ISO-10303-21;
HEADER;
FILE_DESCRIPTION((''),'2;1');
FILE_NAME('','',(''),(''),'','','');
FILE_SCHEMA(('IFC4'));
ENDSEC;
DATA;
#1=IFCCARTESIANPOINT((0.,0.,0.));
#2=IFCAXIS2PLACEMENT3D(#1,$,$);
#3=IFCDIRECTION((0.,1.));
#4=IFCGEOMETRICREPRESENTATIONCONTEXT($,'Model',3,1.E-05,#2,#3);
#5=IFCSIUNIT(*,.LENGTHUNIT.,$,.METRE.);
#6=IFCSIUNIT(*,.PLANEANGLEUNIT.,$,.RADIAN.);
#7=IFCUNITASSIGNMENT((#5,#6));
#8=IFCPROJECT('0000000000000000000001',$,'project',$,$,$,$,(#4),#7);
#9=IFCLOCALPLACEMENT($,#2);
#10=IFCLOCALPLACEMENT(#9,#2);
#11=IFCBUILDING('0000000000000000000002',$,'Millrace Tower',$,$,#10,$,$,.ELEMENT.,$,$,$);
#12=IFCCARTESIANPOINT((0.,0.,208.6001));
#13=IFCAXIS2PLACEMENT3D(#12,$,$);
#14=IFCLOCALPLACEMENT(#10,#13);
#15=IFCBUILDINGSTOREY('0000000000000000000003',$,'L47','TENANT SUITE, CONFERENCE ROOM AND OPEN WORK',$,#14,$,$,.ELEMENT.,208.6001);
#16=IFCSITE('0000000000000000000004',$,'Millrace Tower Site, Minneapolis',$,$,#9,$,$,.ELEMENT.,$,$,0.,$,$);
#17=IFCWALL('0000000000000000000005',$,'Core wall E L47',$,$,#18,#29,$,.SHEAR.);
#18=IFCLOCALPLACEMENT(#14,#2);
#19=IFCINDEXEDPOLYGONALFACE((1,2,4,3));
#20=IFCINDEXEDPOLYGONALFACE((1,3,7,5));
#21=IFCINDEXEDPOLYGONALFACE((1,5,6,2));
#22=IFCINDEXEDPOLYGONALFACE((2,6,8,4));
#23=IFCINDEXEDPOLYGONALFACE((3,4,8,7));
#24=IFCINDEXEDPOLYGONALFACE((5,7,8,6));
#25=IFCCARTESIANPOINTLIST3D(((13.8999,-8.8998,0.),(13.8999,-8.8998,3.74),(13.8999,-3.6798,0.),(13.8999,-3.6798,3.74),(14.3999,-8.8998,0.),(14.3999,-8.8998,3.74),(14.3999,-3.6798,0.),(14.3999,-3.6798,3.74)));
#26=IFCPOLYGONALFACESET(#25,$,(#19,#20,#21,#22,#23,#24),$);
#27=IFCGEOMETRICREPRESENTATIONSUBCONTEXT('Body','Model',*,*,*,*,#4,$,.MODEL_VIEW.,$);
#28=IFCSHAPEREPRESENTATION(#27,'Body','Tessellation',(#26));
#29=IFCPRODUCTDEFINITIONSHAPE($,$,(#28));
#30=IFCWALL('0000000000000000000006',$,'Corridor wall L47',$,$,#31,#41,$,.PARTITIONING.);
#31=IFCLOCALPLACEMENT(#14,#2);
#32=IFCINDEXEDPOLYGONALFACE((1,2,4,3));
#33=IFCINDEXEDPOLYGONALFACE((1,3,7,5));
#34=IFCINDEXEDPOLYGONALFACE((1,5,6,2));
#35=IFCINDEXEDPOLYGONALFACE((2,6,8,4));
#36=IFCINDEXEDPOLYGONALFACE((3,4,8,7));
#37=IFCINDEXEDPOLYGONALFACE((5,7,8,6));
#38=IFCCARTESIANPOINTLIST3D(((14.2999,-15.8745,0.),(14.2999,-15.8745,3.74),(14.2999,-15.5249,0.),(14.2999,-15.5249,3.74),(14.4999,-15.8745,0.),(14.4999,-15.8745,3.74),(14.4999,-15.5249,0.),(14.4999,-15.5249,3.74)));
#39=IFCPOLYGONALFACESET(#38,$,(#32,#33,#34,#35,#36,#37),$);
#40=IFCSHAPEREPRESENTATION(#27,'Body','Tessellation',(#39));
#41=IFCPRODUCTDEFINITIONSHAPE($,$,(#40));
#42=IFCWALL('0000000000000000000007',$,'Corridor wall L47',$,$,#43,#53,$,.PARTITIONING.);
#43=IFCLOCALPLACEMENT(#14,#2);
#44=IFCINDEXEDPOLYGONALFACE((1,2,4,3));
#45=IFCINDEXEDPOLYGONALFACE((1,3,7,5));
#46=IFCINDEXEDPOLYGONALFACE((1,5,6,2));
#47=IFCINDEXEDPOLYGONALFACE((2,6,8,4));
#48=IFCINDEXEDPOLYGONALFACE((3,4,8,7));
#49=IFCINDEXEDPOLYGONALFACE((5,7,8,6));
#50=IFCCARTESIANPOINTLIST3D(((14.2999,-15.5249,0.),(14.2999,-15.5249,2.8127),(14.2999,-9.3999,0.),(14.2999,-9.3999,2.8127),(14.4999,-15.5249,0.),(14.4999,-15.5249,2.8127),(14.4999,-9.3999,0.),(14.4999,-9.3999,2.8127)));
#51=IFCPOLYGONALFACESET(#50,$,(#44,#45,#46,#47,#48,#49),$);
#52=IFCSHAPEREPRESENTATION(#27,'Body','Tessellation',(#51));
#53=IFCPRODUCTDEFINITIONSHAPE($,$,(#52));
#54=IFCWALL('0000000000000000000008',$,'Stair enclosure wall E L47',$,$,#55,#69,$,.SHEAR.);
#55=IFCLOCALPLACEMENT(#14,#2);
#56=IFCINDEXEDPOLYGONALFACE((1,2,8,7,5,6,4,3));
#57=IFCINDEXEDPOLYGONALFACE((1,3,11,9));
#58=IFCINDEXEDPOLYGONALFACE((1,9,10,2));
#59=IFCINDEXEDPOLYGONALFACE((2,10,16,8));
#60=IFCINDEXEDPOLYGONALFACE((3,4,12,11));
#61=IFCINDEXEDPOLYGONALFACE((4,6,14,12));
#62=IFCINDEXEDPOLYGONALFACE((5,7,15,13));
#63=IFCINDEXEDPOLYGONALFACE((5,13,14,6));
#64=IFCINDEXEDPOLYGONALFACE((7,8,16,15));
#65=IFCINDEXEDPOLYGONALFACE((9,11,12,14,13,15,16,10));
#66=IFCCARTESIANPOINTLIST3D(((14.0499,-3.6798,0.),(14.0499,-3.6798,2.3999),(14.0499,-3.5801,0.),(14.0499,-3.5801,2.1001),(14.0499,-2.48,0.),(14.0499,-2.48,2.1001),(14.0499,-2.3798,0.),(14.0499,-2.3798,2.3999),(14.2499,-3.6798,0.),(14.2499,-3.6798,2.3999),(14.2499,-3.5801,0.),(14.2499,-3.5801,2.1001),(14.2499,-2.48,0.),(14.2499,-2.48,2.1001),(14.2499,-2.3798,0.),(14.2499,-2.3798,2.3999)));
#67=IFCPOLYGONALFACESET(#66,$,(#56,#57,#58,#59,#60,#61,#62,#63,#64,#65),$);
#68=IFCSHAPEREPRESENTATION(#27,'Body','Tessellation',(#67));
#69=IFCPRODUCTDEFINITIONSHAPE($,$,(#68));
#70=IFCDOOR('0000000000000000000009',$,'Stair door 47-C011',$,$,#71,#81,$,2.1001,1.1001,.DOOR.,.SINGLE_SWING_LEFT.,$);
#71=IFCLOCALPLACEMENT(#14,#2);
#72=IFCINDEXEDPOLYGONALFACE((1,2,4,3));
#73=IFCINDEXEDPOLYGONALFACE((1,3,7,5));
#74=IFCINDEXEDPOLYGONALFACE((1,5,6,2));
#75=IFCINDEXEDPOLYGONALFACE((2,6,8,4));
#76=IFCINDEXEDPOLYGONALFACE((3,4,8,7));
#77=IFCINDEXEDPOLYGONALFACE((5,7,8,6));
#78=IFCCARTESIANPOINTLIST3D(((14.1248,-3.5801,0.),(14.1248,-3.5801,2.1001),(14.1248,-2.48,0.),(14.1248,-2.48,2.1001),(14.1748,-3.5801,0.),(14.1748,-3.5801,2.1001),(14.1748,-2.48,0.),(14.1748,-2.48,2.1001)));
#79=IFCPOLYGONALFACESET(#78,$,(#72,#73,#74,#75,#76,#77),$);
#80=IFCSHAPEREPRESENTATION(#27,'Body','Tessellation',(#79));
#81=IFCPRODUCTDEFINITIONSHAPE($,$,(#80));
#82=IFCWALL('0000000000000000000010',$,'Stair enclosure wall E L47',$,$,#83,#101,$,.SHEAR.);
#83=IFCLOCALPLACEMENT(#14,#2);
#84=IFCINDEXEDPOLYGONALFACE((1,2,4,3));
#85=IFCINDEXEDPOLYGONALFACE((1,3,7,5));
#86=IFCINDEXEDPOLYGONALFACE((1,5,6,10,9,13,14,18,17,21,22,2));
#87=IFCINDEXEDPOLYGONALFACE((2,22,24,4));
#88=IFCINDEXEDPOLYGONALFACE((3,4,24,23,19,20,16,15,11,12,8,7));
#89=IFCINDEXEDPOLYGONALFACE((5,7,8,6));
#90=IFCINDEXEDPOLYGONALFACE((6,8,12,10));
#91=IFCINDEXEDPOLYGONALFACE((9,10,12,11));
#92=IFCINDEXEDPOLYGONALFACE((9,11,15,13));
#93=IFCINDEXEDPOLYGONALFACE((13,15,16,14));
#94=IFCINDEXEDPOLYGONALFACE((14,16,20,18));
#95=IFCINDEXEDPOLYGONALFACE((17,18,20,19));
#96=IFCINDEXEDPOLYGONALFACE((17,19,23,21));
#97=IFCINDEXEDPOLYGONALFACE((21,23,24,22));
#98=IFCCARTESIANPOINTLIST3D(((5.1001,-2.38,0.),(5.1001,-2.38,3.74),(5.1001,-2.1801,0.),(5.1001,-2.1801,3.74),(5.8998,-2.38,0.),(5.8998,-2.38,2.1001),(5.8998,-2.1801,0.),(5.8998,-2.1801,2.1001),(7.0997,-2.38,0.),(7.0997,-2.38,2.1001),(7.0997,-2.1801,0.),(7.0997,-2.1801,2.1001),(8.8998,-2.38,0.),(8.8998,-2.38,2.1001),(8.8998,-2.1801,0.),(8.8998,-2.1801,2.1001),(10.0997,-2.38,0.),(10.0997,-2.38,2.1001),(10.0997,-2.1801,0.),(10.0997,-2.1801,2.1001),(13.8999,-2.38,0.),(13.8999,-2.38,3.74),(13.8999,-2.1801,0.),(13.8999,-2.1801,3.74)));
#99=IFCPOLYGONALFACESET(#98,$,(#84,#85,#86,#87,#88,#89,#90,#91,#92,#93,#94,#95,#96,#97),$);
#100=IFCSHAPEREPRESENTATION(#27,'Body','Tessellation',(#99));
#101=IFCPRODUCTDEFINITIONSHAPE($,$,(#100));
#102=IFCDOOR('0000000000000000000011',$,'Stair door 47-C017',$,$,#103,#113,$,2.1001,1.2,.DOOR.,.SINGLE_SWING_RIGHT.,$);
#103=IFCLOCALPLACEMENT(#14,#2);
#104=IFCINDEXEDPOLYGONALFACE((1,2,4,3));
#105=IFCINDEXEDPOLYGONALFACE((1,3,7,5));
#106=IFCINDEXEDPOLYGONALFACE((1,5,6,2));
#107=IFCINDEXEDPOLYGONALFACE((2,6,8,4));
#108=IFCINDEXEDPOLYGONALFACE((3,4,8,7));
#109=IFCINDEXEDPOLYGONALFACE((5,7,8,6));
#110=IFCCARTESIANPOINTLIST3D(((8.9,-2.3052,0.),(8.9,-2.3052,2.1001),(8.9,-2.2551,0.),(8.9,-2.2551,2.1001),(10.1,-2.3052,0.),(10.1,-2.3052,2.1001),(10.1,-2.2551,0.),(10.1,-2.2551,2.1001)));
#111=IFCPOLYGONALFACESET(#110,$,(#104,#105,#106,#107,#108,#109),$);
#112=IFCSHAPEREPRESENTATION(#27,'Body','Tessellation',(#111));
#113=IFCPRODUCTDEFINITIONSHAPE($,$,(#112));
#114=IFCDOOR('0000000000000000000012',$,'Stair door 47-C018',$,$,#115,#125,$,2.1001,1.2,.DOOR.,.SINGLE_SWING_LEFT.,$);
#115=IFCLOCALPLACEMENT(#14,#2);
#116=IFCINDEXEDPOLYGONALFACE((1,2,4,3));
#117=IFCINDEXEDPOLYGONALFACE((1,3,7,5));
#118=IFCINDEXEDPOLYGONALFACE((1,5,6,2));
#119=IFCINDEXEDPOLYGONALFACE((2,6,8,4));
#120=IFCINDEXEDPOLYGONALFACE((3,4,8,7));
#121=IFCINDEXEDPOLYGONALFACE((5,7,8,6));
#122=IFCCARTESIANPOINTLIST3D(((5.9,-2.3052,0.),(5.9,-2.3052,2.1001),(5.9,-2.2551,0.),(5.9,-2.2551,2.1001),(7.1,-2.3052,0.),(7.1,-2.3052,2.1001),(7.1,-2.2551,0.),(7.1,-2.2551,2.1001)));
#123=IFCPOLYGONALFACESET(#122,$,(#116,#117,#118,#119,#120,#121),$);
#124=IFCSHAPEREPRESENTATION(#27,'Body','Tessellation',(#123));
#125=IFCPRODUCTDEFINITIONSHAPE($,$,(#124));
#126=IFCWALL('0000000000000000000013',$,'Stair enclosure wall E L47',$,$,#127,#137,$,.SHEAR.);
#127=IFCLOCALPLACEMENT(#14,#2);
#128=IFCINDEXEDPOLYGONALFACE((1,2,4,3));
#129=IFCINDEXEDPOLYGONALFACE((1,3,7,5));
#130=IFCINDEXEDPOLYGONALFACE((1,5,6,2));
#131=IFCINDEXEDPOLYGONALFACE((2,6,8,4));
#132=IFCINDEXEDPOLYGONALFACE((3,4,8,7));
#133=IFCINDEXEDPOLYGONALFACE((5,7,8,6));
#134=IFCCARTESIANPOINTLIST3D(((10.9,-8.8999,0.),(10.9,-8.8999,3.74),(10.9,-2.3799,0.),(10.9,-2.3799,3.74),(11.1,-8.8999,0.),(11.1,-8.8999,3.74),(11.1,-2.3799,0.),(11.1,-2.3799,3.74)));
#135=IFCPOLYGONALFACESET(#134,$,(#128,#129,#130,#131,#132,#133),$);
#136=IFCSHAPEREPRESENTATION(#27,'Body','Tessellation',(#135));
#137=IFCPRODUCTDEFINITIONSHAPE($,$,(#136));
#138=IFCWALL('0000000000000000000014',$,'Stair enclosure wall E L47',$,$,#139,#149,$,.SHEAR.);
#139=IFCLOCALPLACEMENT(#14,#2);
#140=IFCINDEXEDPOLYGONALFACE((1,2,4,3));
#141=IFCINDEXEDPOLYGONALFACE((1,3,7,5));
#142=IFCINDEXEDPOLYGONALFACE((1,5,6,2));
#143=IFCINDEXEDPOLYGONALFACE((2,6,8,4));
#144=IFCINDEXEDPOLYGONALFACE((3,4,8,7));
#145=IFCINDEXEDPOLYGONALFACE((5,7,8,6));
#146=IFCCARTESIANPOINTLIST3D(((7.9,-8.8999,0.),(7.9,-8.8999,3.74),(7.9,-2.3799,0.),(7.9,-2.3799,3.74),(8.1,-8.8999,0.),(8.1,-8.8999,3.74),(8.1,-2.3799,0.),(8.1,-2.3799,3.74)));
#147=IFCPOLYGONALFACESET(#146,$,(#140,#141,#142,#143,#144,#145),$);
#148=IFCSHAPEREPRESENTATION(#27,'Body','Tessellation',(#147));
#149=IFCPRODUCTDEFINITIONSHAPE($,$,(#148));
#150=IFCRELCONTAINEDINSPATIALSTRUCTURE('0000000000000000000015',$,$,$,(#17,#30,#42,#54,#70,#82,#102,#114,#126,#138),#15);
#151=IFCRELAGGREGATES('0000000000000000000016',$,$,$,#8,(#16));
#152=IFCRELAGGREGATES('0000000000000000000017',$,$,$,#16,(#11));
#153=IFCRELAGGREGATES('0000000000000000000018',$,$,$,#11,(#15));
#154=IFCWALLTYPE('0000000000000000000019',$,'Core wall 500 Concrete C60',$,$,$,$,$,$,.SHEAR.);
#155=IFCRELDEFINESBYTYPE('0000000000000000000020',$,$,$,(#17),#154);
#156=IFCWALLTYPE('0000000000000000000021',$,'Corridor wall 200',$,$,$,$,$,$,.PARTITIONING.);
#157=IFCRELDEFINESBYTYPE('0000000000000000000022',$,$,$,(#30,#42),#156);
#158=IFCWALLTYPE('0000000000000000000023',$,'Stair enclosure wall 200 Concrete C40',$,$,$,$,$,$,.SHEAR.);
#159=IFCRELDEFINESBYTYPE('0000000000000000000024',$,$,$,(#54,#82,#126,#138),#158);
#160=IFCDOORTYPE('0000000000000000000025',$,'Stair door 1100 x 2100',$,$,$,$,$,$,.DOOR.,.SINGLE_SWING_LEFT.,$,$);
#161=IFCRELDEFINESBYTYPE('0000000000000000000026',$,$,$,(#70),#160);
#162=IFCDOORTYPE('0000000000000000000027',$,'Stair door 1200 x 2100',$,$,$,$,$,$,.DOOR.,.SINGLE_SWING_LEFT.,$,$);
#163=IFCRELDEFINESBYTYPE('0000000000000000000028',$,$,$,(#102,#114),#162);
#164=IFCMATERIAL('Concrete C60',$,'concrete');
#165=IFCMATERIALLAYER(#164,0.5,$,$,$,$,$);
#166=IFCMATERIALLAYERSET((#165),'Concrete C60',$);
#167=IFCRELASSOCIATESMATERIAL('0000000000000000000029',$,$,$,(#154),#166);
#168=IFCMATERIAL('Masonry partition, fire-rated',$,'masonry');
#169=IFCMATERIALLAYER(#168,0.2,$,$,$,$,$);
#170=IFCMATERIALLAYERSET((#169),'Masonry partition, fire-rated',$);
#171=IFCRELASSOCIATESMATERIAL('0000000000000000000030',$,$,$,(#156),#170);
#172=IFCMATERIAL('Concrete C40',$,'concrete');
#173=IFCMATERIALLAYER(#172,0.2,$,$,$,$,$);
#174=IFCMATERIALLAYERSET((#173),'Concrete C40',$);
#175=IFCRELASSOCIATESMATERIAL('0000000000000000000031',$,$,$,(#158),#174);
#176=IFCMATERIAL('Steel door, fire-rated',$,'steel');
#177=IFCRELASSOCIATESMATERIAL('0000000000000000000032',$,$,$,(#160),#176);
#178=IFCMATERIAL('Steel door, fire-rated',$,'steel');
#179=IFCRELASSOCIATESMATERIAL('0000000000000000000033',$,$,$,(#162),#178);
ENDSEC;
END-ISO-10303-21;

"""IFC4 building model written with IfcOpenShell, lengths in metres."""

from ifc_helpers import new_model, si_unit, direction, frame, frame_2d, origin, place, context, subcontext, project, spatial, rectangle, extrude, material, layer, layer_set, type_object, element, fill, save


model = new_model("IFC4")

# Units and contexts
model_context = context("Model", 3, precision=1e-05, world=origin(), true_north=direction((0.0, 1.0)))
body_context = subcontext(model_context, "Body", "Model", "MODEL_VIEW")
ifc_project = project(units=[si_unit("LENGTHUNIT", "METRE"), si_unit("PLANEANGLEUNIT", "RADIAN")], contexts=[model_context])

# Site, building, storey
site_placement = place(None, origin())
site = spatial("IfcSite", under=ifc_project, at=site_placement, Name="Millrace Tower Site, Minneapolis", CompositionType="ELEMENT", RefElevation=0.0)
building_placement = place(site_placement, origin())
building = spatial("IfcBuilding", under=site, at=building_placement, Name="Millrace Tower", CompositionType="ELEMENT")
storey_placement = place(building_placement, frame((0.0, 0.0, 208.6001)))
storey = spatial("IfcBuildingStorey", under=building, at=storey_placement, Name="L47", Description="TENANT SUITE, CONFERENCE ROOM AND OPEN WORK", CompositionType="ELEMENT", Elevation=208.6001)

# Walls
ifc_material_1 = material(Name="Concrete C60", Category="concrete")
ifc_layer_1 = layer(ifc_material_1, 0.5)
ifc_layer_set_1 = layer_set([ifc_layer_1], Name="Concrete C60")
wall_type_1 = type_object("IfcWallType", Name="Core wall 500 Concrete C60", PredefinedType="SHEAR", material=ifc_layer_set_1)
wall_1_placement = place(storey_placement, frame((14.1499, -3.6799, 0.0), z_axis=(0.0, 0.0, 1.0), x_axis=(0.0, -1.0, 0.0)))
element("IfcWall", 1, at=wall_1_placement, inside=storey, type_object=wall_type_1, Name="Core wall E L47", PredefinedType="SHEAR", context=body_context, shape_type="SweptSolid", body=[
    extrude(rectangle(XDim=5.22, YDim=0.5, at=frame_2d((2.6099, 0.0))), origin(), (0.0, 0.0, 1.0), 3.74),
])
ifc_material_2 = material(Name="Masonry partition, fire-rated", Category="masonry")
ifc_layer_2 = layer(ifc_material_2, 0.2)
ifc_layer_set_2 = layer_set([ifc_layer_2], Name="Masonry partition, fire-rated")
wall_type_2 = type_object("IfcWallType", Name="Corridor wall 200", PredefinedType="PARTITIONING", material=ifc_layer_set_2)
wall_2_placement = place(storey_placement, frame((14.3999, -15.8745, 0.0), z_axis=(0.0, 0.0, 1.0), x_axis=(0.0, 1.0, 0.0)))
element("IfcWall", 2, at=wall_2_placement, inside=storey, type_object=wall_type_2, Name="Corridor wall L47", PredefinedType="PARTITIONING", context=body_context, shape_type="SweptSolid", body=[
    extrude(rectangle(XDim=0.3496, YDim=0.2, at=frame_2d((0.1748, 0.0))), origin(), (0.0, 0.0, 1.0), 3.74),
])
wall_3_placement = place(storey_placement, frame((14.3999, -15.5249, 0.0), z_axis=(0.0, 0.0, 1.0), x_axis=(0.0, 1.0, 0.0)))
element("IfcWall", 3, at=wall_3_placement, inside=storey, type_object=wall_type_2, Name="Corridor wall L47", PredefinedType="PARTITIONING", context=body_context, shape_type="SweptSolid", body=[
    extrude(rectangle(XDim=6.125, YDim=0.2, at=frame_2d((3.0625, 0.0))), origin(), (0.0, 0.0, 1.0), 2.8127),
])

# Wall, opening, door
ifc_material_3 = material(Name="Concrete C40", Category="concrete")
ifc_layer_3 = layer(ifc_material_3, 0.2)
ifc_layer_set_3 = layer_set([ifc_layer_3], Name="Concrete C40")
wall_type_3 = type_object("IfcWallType", Name="Stair enclosure wall 200 Concrete C40", PredefinedType="SHEAR", material=ifc_layer_set_3)
wall_4_placement = place(storey_placement, frame((14.1499, -2.3799, 0.0), z_axis=(0.0, 0.0, 1.0), x_axis=(0.0, -1.0, 0.0)))
wall_4 = element("IfcWall", 4, at=wall_4_placement, inside=storey, type_object=wall_type_3, Name="Stair enclosure wall E L47", PredefinedType="SHEAR", context=body_context, shape_type="SweptSolid", body=[
    extrude(rectangle(XDim=1.3, YDim=0.2, at=frame_2d((0.6499, 0.0))), origin(), (0.0, 0.0, 1.0), 2.3999),
])
opening_1_placement = place(wall_4_placement, frame((0.1001, 0.0, 0.0)))
opening_1 = element("IfcOpeningElement", 5, at=opening_1_placement, cuts=wall_4, PredefinedType="OPENING", context=body_context, shape_type="SweptSolid", body=[
    extrude(rectangle(XDim=1.1001, YDim=2.1001, at=frame_2d((0.55, 1.05))), frame((0.0, 0.1099, 0.0), z_axis=(0.0, -1.0, 0.0), x_axis=(1.0, 0.0, 0.0)), (0.0, 0.0, 1.0), 0.22),
])
ifc_material_4 = material(Name="Steel door, fire-rated", Category="steel")
door_type_1 = type_object("IfcDoorType", Name="Stair door 1100 x 2100", OperationType="SINGLE_SWING_LEFT", PredefinedType="DOOR", material=ifc_material_4)
door_1_placement = place(opening_1_placement, origin())
door_1 = element("IfcDoor", 6, at=door_1_placement, inside=storey, type_object=door_type_1, Name="Stair door 47-C011", OperationType="SINGLE_SWING_LEFT", OverallHeight=2.1001, OverallWidth=1.1001, PredefinedType="DOOR", context=body_context, shape_type="SweptSolid", body=[
    extrude(rectangle(XDim=1.1001, YDim=2.1001, at=frame_2d((0.55, 1.05))), frame((0.0, 0.0249, 0.0), z_axis=(0.0, -1.0, 0.0), x_axis=(1.0, 0.0, 0.0)), (0.0, 0.0, 1.0), 0.05),
])
fill(opening_1, door_1)

# Wall, openings, doors
wall_5_placement = place(storey_placement, frame((13.8999, -2.28, 0.0), z_axis=(0.0, 0.0, 1.0), x_axis=(-1.0, 0.0, 0.0)))
wall_5 = element("IfcWall", 7, at=wall_5_placement, inside=storey, type_object=wall_type_3, Name="Stair enclosure wall E L47", PredefinedType="SHEAR", context=body_context, shape_type="SweptSolid", body=[
    extrude(rectangle(XDim=8.7998, YDim=0.2, at=frame_2d((4.3999, 0.0))), origin(), (0.0, 0.0, 1.0), 3.74),
])
opening_2_placement = place(wall_5_placement, frame((3.8, 0.0, 0.0)))
opening_2 = element("IfcOpeningElement", 8, at=opening_2_placement, cuts=wall_5, PredefinedType="OPENING", context=body_context, shape_type="SweptSolid", body=[
    extrude(rectangle(XDim=1.2, YDim=2.1001, at=frame_2d((0.6001, 1.05))), frame((0.0, 0.1099, 0.0), z_axis=(0.0, -1.0, 0.0), x_axis=(1.0, 0.0, 0.0)), (0.0, 0.0, 1.0), 0.22),
])
opening_3_placement = place(wall_5_placement, frame((6.8, 0.0, 0.0)))
opening_3 = element("IfcOpeningElement", 9, at=opening_3_placement, cuts=wall_5, PredefinedType="OPENING", context=body_context, shape_type="SweptSolid", body=[
    extrude(rectangle(XDim=1.2, YDim=2.1001, at=frame_2d((0.6001, 1.05))), frame((0.0, 0.1099, 0.0), z_axis=(0.0, -1.0, 0.0), x_axis=(1.0, 0.0, 0.0)), (0.0, 0.0, 1.0), 0.22),
])
ifc_material_5 = material(Name="Steel door, fire-rated", Category="steel")
door_type_2 = type_object("IfcDoorType", Name="Stair door 1200 x 2100", OperationType="SINGLE_SWING_LEFT", PredefinedType="DOOR", material=ifc_material_5)
door_2_placement = place(opening_2_placement, frame((1.2, 0.0, 0.0), z_axis=(0.0, 0.0, 1.0), x_axis=(-1.0, 0.0, 0.0)))
door_2 = element("IfcDoor", 10, at=door_2_placement, inside=storey, type_object=door_type_2, Name="Stair door 47-C017", OperationType="SINGLE_SWING_RIGHT", OverallHeight=2.1001, OverallWidth=1.2, PredefinedType="DOOR", context=body_context, shape_type="SweptSolid", body=[
    extrude(rectangle(XDim=1.2, YDim=2.1001, at=frame_2d((0.6001, 1.05))), frame((0.0, 0.0249, 0.0), z_axis=(0.0, -1.0, 0.0), x_axis=(1.0, 0.0, 0.0)), (0.0, 0.0, 1.0), 0.05),
])
fill(opening_2, door_2)
door_3_placement = place(opening_3_placement, frame((1.2, 0.0, 0.0), z_axis=(0.0, 0.0, 1.0), x_axis=(-1.0, 0.0, 0.0)))
door_3 = element("IfcDoor", 11, at=door_3_placement, inside=storey, type_object=door_type_2, Name="Stair door 47-C018", OperationType="SINGLE_SWING_LEFT", OverallHeight=2.1001, OverallWidth=1.2, PredefinedType="DOOR", context=body_context, shape_type="SweptSolid", body=[
    extrude(rectangle(XDim=1.2, YDim=2.1001, at=frame_2d((0.6001, 1.05))), frame((0.0, 0.0249, 0.0), z_axis=(0.0, -1.0, 0.0), x_axis=(1.0, 0.0, 0.0)), (0.0, 0.0, 1.0), 0.05),
])
fill(opening_3, door_3)

# Walls
for number, where, z_axis, x_axis, name in (
    (12, (11.0, -2.3799, 0.0), (0.0, 0.0, 1.0), (0.0, -1.0, 0.0), "Stair enclosure wall E L47"),
    (13, (8.0, -2.3799, 0.0), (0.0, 0.0, 1.0), (0.0, -1.0, 0.0), "Stair enclosure wall E L47"),
):
    element("IfcWall", number, at=place(storey_placement, frame(where, z_axis=z_axis, x_axis=x_axis)), inside=storey, type_object=wall_type_3, Name=name, PredefinedType="SHEAR", context=body_context, shape_type="SweptSolid", body=[
        extrude(rectangle(XDim=6.52, YDim=0.2, at=frame_2d((3.26, 0.0))), origin(), (0.0, 0.0, 1.0), 3.74),
    ])

save(model, "model.ifc")
